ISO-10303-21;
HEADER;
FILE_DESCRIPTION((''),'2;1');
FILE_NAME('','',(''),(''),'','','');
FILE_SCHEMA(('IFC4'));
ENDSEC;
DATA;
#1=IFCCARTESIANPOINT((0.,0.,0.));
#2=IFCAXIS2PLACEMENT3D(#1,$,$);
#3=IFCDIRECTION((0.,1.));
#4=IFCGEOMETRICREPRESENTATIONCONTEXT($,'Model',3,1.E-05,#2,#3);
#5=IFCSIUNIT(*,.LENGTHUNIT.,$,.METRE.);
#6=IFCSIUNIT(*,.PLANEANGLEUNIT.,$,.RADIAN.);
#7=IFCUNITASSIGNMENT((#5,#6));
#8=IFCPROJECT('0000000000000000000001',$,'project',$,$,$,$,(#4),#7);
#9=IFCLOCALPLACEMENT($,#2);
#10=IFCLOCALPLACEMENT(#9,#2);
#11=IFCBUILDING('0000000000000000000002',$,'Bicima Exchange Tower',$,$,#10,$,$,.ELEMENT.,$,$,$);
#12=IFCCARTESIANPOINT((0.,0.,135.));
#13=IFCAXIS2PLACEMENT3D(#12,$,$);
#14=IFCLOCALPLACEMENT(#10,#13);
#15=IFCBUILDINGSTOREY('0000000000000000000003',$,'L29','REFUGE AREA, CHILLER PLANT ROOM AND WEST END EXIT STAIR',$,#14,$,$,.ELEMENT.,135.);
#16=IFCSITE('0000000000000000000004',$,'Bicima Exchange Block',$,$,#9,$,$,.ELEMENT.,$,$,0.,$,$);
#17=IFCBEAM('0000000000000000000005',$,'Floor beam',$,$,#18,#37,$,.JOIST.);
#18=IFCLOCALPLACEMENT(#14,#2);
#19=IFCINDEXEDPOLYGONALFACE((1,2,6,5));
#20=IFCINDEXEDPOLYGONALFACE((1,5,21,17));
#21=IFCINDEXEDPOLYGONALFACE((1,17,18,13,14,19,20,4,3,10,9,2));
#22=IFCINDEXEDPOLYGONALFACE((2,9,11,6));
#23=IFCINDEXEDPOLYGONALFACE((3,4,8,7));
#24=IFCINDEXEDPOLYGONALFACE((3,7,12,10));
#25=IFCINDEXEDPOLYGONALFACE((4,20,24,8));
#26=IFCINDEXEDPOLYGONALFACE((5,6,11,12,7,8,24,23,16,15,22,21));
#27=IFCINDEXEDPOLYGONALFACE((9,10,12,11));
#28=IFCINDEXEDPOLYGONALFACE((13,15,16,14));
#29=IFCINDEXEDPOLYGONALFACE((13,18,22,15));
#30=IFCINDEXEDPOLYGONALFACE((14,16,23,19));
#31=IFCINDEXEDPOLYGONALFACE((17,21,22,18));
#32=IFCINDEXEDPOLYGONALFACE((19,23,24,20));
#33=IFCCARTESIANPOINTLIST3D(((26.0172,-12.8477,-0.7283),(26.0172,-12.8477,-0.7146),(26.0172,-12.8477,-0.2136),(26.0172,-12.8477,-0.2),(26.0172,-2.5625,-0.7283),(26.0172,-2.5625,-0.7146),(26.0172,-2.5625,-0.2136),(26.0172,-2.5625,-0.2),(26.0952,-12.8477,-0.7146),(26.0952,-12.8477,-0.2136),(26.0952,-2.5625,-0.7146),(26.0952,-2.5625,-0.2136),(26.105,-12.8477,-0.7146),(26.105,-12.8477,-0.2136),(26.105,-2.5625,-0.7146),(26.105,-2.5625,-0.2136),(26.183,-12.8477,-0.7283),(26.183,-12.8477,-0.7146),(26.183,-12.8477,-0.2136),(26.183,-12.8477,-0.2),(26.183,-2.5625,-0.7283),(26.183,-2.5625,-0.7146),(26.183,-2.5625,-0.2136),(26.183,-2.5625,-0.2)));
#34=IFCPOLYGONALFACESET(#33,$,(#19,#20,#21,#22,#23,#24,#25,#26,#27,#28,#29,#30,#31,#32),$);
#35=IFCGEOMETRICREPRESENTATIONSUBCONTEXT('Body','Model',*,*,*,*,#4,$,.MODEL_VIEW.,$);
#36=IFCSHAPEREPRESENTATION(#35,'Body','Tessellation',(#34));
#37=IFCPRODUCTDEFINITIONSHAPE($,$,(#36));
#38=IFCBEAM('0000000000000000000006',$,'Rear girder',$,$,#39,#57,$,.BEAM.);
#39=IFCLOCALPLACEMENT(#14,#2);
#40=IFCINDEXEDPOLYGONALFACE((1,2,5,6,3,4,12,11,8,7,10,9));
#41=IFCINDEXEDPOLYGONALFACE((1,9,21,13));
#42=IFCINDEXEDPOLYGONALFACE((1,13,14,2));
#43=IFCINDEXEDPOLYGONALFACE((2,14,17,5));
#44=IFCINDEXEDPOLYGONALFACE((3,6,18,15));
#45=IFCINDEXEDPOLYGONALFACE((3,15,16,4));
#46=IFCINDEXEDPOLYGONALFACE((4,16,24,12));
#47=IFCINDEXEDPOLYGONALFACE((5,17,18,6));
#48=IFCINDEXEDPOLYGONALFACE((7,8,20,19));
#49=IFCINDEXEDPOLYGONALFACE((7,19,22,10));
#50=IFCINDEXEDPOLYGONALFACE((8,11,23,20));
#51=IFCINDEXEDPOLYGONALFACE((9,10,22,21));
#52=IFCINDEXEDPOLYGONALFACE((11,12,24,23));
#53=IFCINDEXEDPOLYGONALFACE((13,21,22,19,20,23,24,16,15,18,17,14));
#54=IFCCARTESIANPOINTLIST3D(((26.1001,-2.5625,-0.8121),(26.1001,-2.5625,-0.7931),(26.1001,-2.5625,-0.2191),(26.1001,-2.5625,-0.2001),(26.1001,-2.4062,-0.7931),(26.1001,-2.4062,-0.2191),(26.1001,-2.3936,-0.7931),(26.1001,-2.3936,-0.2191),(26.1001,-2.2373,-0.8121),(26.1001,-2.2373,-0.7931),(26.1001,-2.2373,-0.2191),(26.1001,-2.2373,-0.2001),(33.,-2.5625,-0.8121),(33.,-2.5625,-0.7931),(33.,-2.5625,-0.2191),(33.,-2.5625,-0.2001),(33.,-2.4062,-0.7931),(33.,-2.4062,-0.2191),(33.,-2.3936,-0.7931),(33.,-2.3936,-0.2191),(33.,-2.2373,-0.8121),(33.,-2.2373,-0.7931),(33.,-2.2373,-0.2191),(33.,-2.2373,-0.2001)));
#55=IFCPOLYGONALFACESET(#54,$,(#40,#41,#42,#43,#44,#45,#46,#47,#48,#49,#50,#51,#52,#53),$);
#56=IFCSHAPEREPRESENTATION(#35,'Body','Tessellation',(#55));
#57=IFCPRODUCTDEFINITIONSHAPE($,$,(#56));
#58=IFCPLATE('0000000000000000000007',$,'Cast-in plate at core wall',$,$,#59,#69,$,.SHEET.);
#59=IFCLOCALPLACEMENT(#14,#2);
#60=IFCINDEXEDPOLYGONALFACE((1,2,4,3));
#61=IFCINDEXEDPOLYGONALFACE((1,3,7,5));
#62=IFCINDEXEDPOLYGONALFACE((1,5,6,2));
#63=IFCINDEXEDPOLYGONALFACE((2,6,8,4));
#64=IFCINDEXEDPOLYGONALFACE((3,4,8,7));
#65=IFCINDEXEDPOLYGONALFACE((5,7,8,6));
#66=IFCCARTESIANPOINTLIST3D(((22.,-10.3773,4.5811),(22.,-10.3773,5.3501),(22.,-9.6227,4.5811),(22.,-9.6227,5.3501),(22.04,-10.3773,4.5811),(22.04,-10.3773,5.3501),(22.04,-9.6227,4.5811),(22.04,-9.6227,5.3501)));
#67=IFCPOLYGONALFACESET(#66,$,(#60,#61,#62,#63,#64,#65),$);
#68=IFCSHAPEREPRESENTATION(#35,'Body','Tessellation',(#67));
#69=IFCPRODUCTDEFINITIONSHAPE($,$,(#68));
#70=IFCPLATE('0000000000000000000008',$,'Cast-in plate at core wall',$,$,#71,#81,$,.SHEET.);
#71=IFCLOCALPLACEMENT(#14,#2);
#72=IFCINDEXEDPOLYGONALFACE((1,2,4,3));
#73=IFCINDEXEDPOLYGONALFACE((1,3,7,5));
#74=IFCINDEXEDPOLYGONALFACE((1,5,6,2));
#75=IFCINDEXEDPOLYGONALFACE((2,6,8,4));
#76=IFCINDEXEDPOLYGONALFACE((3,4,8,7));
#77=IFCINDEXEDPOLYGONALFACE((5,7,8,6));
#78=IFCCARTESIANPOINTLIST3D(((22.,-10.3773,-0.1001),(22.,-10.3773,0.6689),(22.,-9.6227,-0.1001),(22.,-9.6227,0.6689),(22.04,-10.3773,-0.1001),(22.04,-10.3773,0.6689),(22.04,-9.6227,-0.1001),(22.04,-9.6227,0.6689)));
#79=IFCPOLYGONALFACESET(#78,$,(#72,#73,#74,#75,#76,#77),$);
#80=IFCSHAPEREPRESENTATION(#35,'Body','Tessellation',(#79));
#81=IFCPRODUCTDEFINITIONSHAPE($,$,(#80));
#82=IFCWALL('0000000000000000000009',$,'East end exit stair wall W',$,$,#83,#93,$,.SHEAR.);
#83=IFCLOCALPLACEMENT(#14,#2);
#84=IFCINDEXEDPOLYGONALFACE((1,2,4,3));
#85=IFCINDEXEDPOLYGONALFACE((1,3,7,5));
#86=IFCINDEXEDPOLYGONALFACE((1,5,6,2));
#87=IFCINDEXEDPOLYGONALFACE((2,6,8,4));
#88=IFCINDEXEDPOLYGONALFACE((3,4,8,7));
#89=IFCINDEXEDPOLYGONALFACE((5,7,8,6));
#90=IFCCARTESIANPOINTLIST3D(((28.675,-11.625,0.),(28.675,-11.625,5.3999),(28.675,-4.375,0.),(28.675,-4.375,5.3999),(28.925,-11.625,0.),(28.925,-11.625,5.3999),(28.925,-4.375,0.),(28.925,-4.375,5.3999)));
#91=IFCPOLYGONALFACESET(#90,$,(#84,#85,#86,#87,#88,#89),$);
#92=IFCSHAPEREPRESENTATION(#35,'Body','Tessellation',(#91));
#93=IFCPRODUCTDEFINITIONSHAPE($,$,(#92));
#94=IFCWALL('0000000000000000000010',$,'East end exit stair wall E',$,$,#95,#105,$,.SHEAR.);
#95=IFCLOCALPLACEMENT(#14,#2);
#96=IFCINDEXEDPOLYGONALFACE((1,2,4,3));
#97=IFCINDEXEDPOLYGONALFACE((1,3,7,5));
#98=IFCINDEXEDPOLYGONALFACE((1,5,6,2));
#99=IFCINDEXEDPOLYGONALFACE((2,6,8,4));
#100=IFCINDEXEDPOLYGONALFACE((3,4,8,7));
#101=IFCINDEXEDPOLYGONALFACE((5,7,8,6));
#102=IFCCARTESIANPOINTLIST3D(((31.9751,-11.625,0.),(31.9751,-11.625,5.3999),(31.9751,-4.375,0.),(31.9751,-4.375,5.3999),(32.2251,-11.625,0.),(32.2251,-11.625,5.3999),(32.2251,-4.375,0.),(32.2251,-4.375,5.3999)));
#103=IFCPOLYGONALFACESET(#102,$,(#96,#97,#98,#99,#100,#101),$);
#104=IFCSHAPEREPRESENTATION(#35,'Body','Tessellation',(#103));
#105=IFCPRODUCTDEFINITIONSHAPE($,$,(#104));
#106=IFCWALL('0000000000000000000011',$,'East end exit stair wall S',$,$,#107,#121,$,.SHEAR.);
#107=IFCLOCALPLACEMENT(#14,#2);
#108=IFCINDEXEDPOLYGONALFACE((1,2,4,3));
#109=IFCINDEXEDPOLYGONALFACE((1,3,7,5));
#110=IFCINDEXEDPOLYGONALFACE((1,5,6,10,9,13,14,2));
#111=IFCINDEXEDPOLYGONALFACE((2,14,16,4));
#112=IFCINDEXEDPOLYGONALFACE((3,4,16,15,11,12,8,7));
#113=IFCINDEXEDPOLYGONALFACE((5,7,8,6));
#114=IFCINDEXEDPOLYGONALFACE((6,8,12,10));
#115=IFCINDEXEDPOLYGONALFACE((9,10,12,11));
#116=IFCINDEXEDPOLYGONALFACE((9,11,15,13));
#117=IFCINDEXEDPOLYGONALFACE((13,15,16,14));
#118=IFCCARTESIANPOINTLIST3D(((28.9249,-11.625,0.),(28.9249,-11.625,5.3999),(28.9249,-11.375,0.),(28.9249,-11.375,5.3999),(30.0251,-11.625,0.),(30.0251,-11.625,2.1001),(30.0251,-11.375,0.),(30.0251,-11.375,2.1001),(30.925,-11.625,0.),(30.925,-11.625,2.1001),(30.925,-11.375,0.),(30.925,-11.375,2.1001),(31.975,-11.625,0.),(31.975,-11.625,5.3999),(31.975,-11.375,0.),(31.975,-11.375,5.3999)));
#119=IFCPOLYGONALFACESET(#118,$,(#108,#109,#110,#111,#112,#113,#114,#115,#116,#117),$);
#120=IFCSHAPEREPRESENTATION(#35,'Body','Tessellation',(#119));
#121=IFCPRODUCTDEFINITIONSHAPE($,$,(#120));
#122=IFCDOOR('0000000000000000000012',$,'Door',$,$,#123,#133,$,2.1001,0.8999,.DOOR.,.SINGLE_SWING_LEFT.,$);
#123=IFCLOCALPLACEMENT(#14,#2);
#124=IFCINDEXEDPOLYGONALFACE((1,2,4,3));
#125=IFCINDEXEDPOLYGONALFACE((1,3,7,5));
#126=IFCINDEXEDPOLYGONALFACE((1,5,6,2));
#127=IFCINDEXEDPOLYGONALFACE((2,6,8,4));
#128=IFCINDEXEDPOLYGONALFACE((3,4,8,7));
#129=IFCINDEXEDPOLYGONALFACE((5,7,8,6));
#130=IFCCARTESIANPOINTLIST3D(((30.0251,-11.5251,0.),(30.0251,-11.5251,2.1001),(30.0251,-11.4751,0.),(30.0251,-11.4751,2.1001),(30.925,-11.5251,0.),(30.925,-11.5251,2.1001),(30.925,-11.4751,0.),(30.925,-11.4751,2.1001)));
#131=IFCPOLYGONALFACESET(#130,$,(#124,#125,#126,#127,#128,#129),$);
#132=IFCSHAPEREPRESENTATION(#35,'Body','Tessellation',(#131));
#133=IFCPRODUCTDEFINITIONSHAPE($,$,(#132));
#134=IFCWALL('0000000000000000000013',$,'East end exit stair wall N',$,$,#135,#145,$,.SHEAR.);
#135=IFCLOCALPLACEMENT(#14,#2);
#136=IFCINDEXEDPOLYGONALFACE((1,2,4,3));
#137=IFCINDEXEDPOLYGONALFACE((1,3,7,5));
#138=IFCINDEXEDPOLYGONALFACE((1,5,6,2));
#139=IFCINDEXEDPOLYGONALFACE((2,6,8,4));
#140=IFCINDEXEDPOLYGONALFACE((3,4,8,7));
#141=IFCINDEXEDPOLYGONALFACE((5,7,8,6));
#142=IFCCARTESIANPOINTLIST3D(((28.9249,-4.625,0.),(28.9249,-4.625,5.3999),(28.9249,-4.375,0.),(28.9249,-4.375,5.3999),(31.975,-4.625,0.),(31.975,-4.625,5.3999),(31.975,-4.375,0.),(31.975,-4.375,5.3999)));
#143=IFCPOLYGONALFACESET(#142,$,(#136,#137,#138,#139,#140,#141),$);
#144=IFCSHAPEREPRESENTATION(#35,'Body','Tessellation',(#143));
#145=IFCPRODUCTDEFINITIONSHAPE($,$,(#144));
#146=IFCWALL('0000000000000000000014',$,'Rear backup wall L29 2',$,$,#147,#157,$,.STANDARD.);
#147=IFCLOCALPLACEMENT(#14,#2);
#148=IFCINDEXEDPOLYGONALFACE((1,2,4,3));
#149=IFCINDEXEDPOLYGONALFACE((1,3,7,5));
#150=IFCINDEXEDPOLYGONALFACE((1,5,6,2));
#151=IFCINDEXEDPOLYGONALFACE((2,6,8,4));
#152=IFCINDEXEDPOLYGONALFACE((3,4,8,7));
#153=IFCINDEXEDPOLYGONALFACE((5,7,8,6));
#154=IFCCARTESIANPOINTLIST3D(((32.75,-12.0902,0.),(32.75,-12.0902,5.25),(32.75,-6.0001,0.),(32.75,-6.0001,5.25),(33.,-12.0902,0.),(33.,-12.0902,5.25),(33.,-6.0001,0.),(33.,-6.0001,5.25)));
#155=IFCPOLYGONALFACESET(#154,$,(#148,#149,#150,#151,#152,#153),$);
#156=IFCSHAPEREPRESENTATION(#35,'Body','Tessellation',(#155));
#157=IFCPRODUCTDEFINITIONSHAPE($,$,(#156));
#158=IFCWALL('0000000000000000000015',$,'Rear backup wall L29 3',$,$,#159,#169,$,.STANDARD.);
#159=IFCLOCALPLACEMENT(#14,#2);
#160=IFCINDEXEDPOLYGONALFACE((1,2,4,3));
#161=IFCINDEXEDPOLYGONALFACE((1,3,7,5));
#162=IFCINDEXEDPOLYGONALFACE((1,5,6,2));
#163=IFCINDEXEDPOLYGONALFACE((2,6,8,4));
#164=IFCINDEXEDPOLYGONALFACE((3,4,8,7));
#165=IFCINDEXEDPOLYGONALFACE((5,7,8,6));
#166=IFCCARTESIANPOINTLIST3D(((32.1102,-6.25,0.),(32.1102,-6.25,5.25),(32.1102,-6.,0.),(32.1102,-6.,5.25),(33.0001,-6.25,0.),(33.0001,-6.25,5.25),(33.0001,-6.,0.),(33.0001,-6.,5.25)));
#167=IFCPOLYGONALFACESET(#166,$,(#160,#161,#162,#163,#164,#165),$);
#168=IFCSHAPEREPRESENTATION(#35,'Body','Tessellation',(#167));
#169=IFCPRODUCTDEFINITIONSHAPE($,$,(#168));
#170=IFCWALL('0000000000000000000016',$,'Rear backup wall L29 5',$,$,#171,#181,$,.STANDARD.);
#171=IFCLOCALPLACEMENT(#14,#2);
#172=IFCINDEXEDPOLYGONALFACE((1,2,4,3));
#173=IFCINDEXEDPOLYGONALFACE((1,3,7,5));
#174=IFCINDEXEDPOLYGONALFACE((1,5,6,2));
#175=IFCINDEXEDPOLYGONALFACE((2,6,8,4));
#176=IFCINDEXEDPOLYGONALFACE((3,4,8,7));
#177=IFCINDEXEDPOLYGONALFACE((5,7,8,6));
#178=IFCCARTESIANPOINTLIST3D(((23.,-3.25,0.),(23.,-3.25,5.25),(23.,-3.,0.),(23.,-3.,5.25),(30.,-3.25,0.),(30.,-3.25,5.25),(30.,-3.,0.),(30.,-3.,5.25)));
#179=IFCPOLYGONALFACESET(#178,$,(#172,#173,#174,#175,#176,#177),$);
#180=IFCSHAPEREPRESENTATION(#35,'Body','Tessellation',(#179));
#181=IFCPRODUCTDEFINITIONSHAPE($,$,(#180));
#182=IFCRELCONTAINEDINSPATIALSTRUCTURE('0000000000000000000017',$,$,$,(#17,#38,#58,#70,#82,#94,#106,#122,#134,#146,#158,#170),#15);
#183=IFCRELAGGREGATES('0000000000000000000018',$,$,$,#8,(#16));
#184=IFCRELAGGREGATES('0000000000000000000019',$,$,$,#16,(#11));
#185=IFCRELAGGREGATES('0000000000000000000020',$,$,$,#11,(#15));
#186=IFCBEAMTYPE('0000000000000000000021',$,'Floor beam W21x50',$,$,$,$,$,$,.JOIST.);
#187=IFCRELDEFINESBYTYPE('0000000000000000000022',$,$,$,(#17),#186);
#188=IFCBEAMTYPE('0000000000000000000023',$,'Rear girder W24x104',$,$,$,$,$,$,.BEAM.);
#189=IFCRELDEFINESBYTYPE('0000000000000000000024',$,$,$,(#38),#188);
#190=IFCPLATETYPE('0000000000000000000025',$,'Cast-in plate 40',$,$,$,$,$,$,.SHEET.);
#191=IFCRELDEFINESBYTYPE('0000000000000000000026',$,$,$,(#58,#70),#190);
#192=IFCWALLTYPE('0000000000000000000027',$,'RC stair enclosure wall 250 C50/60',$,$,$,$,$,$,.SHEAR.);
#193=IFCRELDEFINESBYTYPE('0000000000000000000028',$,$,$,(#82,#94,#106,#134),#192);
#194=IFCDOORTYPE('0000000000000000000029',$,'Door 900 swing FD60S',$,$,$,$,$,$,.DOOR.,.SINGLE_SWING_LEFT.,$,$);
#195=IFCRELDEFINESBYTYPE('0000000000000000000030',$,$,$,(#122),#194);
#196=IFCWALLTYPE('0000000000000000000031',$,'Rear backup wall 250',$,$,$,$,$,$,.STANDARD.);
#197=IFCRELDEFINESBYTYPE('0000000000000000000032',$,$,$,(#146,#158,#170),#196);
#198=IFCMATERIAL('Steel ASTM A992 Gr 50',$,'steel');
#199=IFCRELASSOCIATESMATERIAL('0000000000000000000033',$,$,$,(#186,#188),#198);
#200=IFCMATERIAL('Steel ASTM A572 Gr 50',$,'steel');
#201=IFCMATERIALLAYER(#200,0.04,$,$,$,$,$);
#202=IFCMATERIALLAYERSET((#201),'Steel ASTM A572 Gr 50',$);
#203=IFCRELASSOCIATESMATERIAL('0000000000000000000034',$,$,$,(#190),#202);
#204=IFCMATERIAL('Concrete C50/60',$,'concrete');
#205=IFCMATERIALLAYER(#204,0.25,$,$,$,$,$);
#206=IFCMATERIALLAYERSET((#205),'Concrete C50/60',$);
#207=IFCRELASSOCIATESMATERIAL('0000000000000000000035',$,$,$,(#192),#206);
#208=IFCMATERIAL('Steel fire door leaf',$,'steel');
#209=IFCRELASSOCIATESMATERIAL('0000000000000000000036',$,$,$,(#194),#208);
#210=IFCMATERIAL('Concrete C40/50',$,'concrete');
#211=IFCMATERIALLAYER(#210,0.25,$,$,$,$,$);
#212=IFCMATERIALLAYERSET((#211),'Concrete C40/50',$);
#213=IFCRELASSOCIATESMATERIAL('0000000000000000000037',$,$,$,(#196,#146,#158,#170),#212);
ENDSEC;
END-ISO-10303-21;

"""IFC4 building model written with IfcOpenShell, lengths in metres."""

from ifc_helpers import new_model, si_unit, direction, frame, frame_2d, origin, origin_2d, place, context, subcontext, project, spatial, rectangle, i_section, extrude, material, layer, layer_set, layer_usage, material_profile, profile_set, type_object, element, fill, save


model = new_model("IFC4")

# Units and contexts
model_context = context("Model", 3, precision=1e-05, world=origin(), true_north=direction((0.0, 1.0)))
body_context = subcontext(model_context, "Body", "Model", "MODEL_VIEW")
ifc_project = project(units=[si_unit("LENGTHUNIT", "METRE"), si_unit("PLANEANGLEUNIT", "RADIAN")], contexts=[model_context])

# Site, building, storey
site_placement = place(None, origin())
site = spatial("IfcSite", under=ifc_project, at=site_placement, Name="Bicima Exchange Block", CompositionType="ELEMENT", RefElevation=0.0)
building_placement = place(site_placement, origin())
building = spatial("IfcBuilding", under=site, at=building_placement, Name="Bicima Exchange Tower", CompositionType="ELEMENT")
storey_placement = place(building_placement, frame((0.0, 0.0, 135.0)))
storey = spatial("IfcBuildingStorey", under=building, at=storey_placement, Name="L29", Description="REFUGE AREA, CHILLER PLANT ROOM AND WEST END EXIT STAIR", CompositionType="ELEMENT", Elevation=135.0)

# Shared definitions
ifc_material_1 = material(Name="Steel ASTM A572 Gr 50", Category="steel")
ifc_material_2 = material(Name="Steel ASTM A992 Gr 50", Category="steel")

# Beams
ifc_material_profile_1 = material_profile(ifc_material_2, i_section(OverallWidth=0.1658, OverallDepth=0.5283, WebThickness=0.0098, FlangeThickness=0.0137, at=origin_2d()))
ifc_profile_set_1 = profile_set([ifc_material_profile_1], Name="Steel ASTM A992 Gr 50")
beam_type_1 = type_object("IfcBeamType", Name="Floor beam W21x50", PredefinedType="JOIST", material=ifc_profile_set_1)
beam_1_placement = place(storey_placement, frame((26.1001, -2.5625, -0.4641), z_axis=(0.0, -1.0, 0.0), x_axis=(1.0, 0.0, 0.0)))
element("IfcBeam", 1, at=beam_1_placement, inside=storey, type_object=beam_type_1, Name="Floor beam", PredefinedType="JOIST", context=body_context, shape_type="SweptSolid", body=[
    extrude(i_section(OverallWidth=0.1658, OverallDepth=0.5283, WebThickness=0.0098, FlangeThickness=0.0137, at=origin_2d()), origin(), (0.0, 0.0, 1.0), 10.2852),
])
ifc_material_profile_2 = material_profile(ifc_material_2, i_section(OverallWidth=0.3252, OverallDepth=0.6121, WebThickness=0.0127, FlangeThickness=0.019, at=origin_2d()))
ifc_profile_set_2 = profile_set([ifc_material_profile_2], Name="Steel ASTM A992 Gr 50")
beam_type_2 = type_object("IfcBeamType", Name="Rear girder W24x104", PredefinedType="BEAM", material=ifc_profile_set_2)
beam_2_placement = place(storey_placement, frame((26.1001, -2.3999, -0.5061), z_axis=(1.0, 0.0, 0.0), x_axis=(0.0, 1.0, 0.0)))
element("IfcBeam", 2, at=beam_2_placement, inside=storey, type_object=beam_type_2, Name="Rear girder", PredefinedType="BEAM", context=body_context, shape_type="SweptSolid", body=[
    extrude(i_section(OverallWidth=0.3252, OverallDepth=0.6121, WebThickness=0.0127, FlangeThickness=0.019, at=origin_2d()), origin(), (0.0, 0.0, 1.0), 6.8999),
])

# Plates
ifc_layer_1 = layer(ifc_material_1, 0.04)
ifc_layer_set_1 = layer_set([ifc_layer_1], Name="Steel ASTM A572 Gr 50")
plate_type = type_object("IfcPlateType", Name="Cast-in plate 40", PredefinedType="SHEET", material=ifc_layer_set_1)
for number, where, z_axis, x_axis, name in (
    (3, (22.02, -10.0, 4.5811), (0.0, 0.0, 1.0), (1.0, 0.0, 0.0), "Cast-in plate at core wall"),
    (4, (22.02, -10.0, -0.1001), (0.0, 0.0, 1.0), (1.0, 0.0, 0.0), "Cast-in plate at core wall"),
):
    element("IfcPlate", number, at=place(storey_placement, frame(where, z_axis=z_axis, x_axis=x_axis)), inside=storey, type_object=plate_type, Name=name, PredefinedType="SHEET", context=body_context, shape_type="SweptSolid", body=[
        extrude(rectangle(XDim=0.04, YDim=0.7546, at=origin_2d()), origin(), (0.0, 0.0, 1.0), 0.769),
    ])

# Walls
ifc_material_3 = material(Name="Concrete C50/60", Category="concrete")
ifc_layer_2 = layer(ifc_material_3, 0.25)
ifc_layer_set_2 = layer_set([ifc_layer_2], Name="Concrete C50/60")
wall_type_1 = type_object("IfcWallType", Name="RC stair enclosure wall 250 C50/60", PredefinedType="SHEAR", material=ifc_layer_set_2)
for number, where, z_axis, x_axis, name in (
    (5, (28.8, -11.625, 0.0), (0.0, 0.0, 1.0), (0.0, 1.0, 0.0), "East end exit stair wall W"),
    (6, (32.1001, -11.625, 0.0), (0.0, 0.0, 1.0), (0.0, 1.0, 0.0), "East end exit stair wall E"),
):
    element("IfcWall", number, at=place(storey_placement, frame(where, z_axis=z_axis, x_axis=x_axis)), inside=storey, type_object=wall_type_1, Name=name, PredefinedType="SHEAR", context=body_context, shape_type="SweptSolid", body=[
        extrude(rectangle(XDim=7.25, YDim=0.25, at=frame_2d((3.625, 0.0))), origin(), (0.0, 0.0, 1.0), 5.3999),
    ])

# Wall, opening, door
wall_1_placement = place(storey_placement, frame((28.925, -11.5, 0.0), z_axis=(0.0, 0.0, 1.0), x_axis=(1.0, 0.0, 0.0)))
wall_1 = element("IfcWall", 7, at=wall_1_placement, inside=storey, type_object=wall_type_1, Name="East end exit stair wall S", PredefinedType="SHEAR", context=body_context, shape_type="SweptSolid", body=[
    extrude(rectangle(XDim=3.05, YDim=0.25, at=frame_2d((1.5249, 0.0))), origin(), (0.0, 0.0, 1.0), 5.3999),
])
opening_placement = place(wall_1_placement, frame((1.1001, 0.0, 0.0)))
opening = element("IfcOpeningElement", 8, at=opening_placement, cuts=wall_1, PredefinedType="OPENING", context=body_context, shape_type="SweptSolid", body=[
    extrude(rectangle(XDim=0.8999, YDim=2.1001, at=frame_2d((0.45, 1.05))), frame((0.0, 0.137, 0.0), z_axis=(0.0, -1.0, 0.0), x_axis=(1.0, 0.0, 0.0)), (0.0, 0.0, 1.0), 0.2739),
])
ifc_material_4 = material(Name="Steel fire door leaf", Category="steel")
door_type = type_object("IfcDoorType", Name="Door 900 swing FD60S", OperationType="SINGLE_SWING_LEFT", PredefinedType="DOOR", material=ifc_material_4)
door_placement = place(opening_placement, origin())
door = element("IfcDoor", 9, at=door_placement, inside=storey, type_object=door_type, Name="Door", OperationType="SINGLE_SWING_LEFT", OverallHeight=2.1001, OverallWidth=0.8999, PredefinedType="DOOR", context=body_context, shape_type="SweptSolid", body=[
    extrude(rectangle(XDim=0.8999, YDim=2.1001, at=frame_2d((0.45, 1.05))), frame((0.0, 0.0249, 0.0), z_axis=(0.0, -1.0, 0.0), x_axis=(1.0, 0.0, 0.0)), (0.0, 0.0, 1.0), 0.05),
])
fill(opening, door)

# Walls
wall_2_placement = place(storey_placement, frame((28.925, -4.5, 0.0), z_axis=(0.0, 0.0, 1.0), x_axis=(1.0, 0.0, 0.0)))
element("IfcWall", 10, at=wall_2_placement, inside=storey, type_object=wall_type_1, Name="East end exit stair wall N", PredefinedType="SHEAR", context=body_context, shape_type="SweptSolid", body=[
    extrude(rectangle(XDim=3.05, YDim=0.25, at=frame_2d((1.5249, 0.0))), origin(), (0.0, 0.0, 1.0), 5.3999),
])
ifc_material_5 = material(Name="Concrete C40/50", Category="concrete")
ifc_layer_3 = layer(ifc_material_5, 0.25)
ifc_layer_set_3 = layer_set([ifc_layer_3], Name="Concrete C40/50")
ifc_layer_usage_1 = layer_usage(ifc_layer_set_3, "AXIS2", "POSITIVE", -0.125)
wall_type_2 = type_object("IfcWallType", Name="Rear backup wall 250", PredefinedType="STANDARD", material=ifc_layer_set_3)
wall_3_placement = place(storey_placement, frame((32.875, -12.0901, 0.0), z_axis=(0.0, 0.0, 1.0), x_axis=(0.0, 1.0, 0.0)))
element("IfcWall", 11, at=wall_3_placement, inside=storey, type_object=wall_type_2, material=ifc_layer_usage_1, Name="Rear backup wall L29 2", PredefinedType="STANDARD", context=body_context, shape_type="SweptSolid", body=[
    extrude(rectangle(XDim=6.0901, YDim=0.25, at=frame_2d((3.0449, 0.0))), origin(), (0.0, 0.0, 1.0), 5.25),
])
wall_4_placement = place(storey_placement, frame((33.0, -6.125, 0.0), z_axis=(0.0, 0.0, 1.0), x_axis=(-1.0, 0.0, 0.0)))
element("IfcWall", 12, at=wall_4_placement, inside=storey, type_object=wall_type_2, material=ifc_layer_usage_1, Name="Rear backup wall L29 3", PredefinedType="STANDARD", context=body_context, shape_type="SweptSolid", body=[
    extrude(rectangle(XDim=0.8899, YDim=0.25, at=frame_2d((0.4448, 0.0))), origin(), (0.0, 0.0, 1.0), 5.25),
])
wall_5_placement = place(storey_placement, frame((30.0, -3.125, 0.0), z_axis=(0.0, 0.0, 1.0), x_axis=(-1.0, 0.0, 0.0)))
element("IfcWall", 13, at=wall_5_placement, inside=storey, type_object=wall_type_2, material=ifc_layer_usage_1, Name="Rear backup wall L29 5", PredefinedType="STANDARD", context=body_context, shape_type="SweptSolid", body=[
    extrude(rectangle(XDim=7.0, YDim=0.25, at=frame_2d((3.5, 0.0))), origin(), (0.0, 0.0, 1.0), 5.25),
])

save(model, "model.ifc")
